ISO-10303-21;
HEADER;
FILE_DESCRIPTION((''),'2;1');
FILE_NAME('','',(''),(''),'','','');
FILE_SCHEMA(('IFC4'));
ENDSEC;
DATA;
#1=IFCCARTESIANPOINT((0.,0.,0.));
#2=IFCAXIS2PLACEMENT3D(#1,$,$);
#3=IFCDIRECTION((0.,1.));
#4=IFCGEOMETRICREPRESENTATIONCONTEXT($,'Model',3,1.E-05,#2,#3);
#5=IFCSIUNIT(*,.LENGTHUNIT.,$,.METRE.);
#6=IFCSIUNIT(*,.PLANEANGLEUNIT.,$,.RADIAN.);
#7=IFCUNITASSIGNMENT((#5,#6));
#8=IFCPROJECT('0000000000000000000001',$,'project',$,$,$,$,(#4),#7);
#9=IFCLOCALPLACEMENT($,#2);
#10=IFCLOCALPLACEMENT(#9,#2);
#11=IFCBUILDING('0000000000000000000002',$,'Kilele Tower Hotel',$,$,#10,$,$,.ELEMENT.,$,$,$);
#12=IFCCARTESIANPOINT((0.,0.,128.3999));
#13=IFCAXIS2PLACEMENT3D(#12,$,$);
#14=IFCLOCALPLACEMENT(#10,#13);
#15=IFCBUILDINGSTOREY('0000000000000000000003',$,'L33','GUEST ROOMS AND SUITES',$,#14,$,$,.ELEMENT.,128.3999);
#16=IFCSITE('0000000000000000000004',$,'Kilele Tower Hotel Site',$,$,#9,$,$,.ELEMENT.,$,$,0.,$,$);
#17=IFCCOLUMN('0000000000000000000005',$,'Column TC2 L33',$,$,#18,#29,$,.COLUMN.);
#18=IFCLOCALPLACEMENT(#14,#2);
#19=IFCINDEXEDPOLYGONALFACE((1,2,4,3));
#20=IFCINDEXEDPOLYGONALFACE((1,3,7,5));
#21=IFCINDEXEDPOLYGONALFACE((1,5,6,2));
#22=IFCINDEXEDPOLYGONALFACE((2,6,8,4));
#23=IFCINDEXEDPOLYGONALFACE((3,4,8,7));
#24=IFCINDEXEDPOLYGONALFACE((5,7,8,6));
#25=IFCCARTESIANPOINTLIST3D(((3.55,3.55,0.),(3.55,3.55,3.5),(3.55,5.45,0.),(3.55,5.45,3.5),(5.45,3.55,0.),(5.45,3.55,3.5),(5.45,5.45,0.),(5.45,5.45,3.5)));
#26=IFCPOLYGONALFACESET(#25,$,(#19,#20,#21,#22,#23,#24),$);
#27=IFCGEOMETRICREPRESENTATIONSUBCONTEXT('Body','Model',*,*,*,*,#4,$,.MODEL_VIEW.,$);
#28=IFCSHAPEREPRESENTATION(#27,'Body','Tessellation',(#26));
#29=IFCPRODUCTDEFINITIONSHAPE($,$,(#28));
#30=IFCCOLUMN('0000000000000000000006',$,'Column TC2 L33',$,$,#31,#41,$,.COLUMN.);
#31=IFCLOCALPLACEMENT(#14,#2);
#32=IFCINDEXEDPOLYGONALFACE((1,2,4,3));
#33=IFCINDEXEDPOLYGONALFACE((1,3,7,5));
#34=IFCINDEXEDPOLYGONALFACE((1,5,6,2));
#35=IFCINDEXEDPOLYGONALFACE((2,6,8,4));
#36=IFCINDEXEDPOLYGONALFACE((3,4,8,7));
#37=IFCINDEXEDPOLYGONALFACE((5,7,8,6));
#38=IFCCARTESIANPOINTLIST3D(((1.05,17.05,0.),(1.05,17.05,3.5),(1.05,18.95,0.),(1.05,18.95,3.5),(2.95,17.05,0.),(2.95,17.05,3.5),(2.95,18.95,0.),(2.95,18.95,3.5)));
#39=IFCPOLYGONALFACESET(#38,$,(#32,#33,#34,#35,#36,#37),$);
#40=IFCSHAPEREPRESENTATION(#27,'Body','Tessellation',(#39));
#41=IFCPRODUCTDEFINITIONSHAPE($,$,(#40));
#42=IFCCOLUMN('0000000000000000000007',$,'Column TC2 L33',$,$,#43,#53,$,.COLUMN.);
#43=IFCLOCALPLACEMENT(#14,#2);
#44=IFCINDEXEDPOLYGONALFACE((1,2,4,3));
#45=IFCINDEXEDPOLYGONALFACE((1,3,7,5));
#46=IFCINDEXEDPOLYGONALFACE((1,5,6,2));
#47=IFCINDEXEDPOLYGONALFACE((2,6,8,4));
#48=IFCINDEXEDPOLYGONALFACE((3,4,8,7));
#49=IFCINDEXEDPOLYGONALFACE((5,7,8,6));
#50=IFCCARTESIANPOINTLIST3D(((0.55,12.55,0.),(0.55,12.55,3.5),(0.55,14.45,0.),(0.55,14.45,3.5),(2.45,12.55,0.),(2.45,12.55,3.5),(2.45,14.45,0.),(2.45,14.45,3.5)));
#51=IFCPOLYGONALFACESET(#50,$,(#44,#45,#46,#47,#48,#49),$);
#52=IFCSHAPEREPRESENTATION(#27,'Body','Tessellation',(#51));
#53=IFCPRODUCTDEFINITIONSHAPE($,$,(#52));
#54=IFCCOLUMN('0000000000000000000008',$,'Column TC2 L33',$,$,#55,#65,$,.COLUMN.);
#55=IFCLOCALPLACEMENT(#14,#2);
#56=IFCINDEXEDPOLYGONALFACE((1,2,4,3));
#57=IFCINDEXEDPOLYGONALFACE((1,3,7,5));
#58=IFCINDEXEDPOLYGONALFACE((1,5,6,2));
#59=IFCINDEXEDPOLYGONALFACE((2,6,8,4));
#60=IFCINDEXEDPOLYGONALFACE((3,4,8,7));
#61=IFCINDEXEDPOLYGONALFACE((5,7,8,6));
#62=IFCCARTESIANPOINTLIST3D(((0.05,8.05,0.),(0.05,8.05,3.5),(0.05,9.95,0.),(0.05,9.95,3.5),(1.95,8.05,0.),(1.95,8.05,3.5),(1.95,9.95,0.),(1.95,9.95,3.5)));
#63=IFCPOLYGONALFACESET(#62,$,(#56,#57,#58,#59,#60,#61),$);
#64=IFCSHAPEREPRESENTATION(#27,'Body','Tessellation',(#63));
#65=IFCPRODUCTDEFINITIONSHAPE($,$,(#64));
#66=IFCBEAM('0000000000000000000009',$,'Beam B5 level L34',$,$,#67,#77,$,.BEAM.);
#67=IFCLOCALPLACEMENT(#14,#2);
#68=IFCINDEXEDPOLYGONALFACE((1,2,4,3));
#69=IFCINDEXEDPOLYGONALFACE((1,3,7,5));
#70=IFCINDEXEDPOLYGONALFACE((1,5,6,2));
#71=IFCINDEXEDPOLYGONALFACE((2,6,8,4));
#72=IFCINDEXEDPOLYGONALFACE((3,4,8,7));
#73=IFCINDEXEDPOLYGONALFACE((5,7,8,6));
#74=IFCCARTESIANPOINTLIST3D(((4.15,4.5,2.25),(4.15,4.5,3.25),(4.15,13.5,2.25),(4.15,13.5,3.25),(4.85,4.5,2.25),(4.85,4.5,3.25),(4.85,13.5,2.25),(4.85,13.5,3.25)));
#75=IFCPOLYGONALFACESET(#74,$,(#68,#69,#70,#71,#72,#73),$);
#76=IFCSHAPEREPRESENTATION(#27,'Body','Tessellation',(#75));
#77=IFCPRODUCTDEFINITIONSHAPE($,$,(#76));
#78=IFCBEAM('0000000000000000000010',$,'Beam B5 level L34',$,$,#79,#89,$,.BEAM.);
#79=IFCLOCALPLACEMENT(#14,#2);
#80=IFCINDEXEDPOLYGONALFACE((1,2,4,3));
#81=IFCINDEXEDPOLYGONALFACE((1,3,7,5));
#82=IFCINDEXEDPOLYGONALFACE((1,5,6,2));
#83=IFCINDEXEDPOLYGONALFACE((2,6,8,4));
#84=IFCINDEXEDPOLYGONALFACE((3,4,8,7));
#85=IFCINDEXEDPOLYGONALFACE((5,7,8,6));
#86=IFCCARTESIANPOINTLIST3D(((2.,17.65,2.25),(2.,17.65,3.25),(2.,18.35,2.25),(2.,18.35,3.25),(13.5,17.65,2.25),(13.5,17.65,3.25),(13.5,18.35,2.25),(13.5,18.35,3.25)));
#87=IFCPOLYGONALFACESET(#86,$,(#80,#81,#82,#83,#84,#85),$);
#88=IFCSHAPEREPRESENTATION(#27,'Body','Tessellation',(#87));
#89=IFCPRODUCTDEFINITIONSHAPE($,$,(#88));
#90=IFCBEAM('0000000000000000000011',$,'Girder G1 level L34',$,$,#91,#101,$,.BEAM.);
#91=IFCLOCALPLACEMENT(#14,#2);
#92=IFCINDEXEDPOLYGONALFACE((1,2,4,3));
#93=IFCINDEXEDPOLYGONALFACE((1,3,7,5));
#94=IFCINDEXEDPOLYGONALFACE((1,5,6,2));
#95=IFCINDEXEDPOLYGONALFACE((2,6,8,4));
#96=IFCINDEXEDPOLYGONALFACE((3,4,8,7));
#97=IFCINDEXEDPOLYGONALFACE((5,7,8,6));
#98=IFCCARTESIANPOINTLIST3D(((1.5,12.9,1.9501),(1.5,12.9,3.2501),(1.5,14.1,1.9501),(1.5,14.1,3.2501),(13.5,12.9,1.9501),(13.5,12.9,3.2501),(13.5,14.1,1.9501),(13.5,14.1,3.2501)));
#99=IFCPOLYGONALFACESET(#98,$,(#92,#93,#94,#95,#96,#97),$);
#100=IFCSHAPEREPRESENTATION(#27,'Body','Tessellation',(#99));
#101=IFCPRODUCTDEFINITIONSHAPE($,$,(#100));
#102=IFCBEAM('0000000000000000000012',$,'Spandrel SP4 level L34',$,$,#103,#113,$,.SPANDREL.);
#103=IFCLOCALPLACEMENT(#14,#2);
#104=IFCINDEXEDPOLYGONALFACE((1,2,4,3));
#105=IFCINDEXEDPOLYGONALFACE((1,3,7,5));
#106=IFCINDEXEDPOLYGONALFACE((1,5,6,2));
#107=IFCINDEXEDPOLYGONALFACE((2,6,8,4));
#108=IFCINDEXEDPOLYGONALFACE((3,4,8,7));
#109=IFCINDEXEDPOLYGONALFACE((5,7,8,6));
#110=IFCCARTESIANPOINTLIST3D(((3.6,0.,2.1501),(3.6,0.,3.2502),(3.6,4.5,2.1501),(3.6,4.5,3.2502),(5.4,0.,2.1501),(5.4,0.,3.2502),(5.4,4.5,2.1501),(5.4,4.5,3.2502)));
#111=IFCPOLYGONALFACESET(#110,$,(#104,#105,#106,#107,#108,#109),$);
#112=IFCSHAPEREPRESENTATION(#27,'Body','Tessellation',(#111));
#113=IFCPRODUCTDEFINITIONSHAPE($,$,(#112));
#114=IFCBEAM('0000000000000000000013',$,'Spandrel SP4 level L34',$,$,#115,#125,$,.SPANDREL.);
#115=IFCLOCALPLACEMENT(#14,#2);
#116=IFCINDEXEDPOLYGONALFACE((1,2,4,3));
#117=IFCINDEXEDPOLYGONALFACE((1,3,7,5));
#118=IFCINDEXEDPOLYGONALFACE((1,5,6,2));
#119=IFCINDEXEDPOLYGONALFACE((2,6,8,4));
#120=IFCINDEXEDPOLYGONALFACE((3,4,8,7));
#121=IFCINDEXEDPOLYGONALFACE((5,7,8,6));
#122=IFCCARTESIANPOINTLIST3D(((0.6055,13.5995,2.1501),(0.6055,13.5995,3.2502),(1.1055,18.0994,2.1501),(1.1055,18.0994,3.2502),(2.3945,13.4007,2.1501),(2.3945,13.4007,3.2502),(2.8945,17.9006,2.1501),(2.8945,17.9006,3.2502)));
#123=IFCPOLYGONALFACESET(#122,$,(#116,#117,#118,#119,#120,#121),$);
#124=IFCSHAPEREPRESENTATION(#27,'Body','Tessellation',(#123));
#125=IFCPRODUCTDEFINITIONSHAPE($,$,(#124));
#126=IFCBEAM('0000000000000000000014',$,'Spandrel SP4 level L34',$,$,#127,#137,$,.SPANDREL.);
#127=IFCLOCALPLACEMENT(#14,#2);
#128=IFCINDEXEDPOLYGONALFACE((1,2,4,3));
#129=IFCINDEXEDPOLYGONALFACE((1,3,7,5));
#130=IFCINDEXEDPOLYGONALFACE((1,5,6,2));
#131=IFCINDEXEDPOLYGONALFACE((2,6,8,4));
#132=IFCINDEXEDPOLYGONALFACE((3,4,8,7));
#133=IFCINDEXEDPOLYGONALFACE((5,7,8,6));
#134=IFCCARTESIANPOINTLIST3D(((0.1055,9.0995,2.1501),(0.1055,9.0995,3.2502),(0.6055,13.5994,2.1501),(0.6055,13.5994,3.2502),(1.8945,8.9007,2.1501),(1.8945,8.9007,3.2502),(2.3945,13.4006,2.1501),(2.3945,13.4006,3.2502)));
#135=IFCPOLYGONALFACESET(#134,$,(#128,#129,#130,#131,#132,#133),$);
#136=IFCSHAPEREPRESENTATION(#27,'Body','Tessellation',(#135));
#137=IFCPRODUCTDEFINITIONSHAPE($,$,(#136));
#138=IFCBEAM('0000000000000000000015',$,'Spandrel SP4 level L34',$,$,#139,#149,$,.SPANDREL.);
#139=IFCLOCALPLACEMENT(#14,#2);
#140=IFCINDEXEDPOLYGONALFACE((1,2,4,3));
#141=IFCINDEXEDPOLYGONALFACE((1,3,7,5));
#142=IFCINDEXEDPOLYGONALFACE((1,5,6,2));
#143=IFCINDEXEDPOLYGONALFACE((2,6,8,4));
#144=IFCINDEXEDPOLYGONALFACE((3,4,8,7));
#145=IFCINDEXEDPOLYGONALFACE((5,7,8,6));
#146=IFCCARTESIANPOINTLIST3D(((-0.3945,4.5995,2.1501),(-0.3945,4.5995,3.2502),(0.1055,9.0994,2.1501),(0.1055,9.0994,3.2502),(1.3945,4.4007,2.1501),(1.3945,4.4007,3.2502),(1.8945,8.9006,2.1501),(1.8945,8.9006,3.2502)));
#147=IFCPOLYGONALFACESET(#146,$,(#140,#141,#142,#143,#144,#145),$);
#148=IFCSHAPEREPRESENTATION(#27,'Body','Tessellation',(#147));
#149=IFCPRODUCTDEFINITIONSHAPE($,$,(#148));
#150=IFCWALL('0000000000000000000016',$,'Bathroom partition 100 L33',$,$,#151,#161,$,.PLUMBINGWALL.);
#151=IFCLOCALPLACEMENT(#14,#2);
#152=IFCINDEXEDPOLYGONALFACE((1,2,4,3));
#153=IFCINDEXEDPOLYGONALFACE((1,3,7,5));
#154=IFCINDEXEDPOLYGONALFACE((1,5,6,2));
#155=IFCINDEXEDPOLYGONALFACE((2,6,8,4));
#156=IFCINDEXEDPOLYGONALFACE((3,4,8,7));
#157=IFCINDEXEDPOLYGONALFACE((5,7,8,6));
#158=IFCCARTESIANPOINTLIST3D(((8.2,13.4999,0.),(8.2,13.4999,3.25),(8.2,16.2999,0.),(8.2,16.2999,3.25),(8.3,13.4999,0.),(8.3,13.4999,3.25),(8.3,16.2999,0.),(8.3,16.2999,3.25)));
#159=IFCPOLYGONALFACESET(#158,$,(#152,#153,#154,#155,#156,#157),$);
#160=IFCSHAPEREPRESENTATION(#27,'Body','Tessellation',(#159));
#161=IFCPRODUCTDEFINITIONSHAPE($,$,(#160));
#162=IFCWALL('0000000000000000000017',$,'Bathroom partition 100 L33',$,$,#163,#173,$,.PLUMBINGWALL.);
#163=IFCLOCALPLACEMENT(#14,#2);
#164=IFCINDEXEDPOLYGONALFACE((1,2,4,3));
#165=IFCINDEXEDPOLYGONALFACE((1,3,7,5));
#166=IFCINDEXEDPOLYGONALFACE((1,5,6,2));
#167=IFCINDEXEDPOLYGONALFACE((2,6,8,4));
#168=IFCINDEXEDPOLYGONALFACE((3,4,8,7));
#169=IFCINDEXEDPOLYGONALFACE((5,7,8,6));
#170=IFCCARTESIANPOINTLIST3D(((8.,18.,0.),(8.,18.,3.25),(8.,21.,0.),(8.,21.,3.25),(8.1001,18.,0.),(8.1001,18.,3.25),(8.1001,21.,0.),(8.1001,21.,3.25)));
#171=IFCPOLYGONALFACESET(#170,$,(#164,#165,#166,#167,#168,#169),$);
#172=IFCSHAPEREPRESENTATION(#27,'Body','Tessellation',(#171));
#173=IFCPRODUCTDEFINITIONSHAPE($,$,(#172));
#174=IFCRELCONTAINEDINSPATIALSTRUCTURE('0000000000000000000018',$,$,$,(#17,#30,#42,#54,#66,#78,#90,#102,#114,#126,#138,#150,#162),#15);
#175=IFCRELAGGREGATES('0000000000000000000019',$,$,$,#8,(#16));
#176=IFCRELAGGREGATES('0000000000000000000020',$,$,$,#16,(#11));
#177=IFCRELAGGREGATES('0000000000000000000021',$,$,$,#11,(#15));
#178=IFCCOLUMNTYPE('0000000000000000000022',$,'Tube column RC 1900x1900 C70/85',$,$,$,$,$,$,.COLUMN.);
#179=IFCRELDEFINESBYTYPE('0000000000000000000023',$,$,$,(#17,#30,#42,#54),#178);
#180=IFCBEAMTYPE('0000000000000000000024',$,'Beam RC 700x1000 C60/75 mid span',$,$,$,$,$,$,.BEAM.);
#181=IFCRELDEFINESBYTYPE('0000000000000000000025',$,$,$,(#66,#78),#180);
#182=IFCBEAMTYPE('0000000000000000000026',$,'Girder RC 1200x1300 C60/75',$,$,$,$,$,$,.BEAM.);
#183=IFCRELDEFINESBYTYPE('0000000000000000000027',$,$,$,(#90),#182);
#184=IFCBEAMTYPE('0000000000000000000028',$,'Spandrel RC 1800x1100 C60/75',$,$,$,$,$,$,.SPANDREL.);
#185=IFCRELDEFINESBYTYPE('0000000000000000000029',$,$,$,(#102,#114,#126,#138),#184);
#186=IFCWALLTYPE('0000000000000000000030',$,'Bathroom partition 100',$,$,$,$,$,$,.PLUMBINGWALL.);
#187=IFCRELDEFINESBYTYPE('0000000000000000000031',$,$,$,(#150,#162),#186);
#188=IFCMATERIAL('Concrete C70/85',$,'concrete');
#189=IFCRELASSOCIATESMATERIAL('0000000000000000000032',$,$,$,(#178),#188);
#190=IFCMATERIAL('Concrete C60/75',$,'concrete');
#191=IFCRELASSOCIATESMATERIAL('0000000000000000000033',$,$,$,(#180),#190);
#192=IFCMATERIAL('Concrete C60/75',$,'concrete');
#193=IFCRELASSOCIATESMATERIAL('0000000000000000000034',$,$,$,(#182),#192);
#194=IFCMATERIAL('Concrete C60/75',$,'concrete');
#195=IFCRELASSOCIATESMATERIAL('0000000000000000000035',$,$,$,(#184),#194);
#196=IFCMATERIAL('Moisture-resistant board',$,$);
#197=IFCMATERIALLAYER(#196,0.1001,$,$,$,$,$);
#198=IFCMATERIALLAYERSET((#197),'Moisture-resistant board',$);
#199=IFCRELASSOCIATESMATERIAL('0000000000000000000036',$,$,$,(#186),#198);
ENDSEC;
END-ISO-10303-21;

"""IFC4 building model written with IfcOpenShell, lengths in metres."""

from ifc_helpers import new_model, si_unit, direction, frame, frame_2d, origin, origin_2d, place, context, subcontext, project, spatial, rectangle, extrude, material, layer, layer_set, material_profile, profile_set, type_object, element, save


model = new_model("IFC4")

# Units and contexts
model_context = context("Model", 3, precision=1e-05, world=origin(), true_north=direction((0.0, 1.0)))
body_context = subcontext(model_context, "Body", "Model", "MODEL_VIEW")
ifc_project = project(units=[si_unit("LENGTHUNIT", "METRE"), si_unit("PLANEANGLEUNIT", "RADIAN")], contexts=[model_context])

# Site, building, storey
site_placement = place(None, origin())
site = spatial("IfcSite", under=ifc_project, at=site_placement, Name="Kilele Tower Hotel Site", CompositionType="ELEMENT", RefElevation=0.0)
building_placement = place(site_placement, origin())
building = spatial("IfcBuilding", under=site, at=building_placement, Name="Kilele Tower Hotel", CompositionType="ELEMENT")
storey_placement = place(building_placement, frame((0.0, 0.0, 128.3999)))
storey = spatial("IfcBuildingStorey", under=building, at=storey_placement, Name="L33", Description="GUEST ROOMS AND SUITES", CompositionType="ELEMENT", Elevation=128.3999)

# Columns
ifc_material_1 = material(Name="Concrete C70/85", Category="concrete")
ifc_material_profile_1 = material_profile(ifc_material_1, rectangle(XDim=1.8999, YDim=1.8999, at=origin_2d()))
ifc_profile_set_1 = profile_set([ifc_material_profile_1], Name="Concrete C70/85")
column_type = type_object("IfcColumnType", Name="Tube column RC 1900x1900 C70/85", PredefinedType="COLUMN", material=ifc_profile_set_1)
for number, where, z_axis, x_axis, name in (
    (1, (4.5, 4.5, 0.0), (0.0, 0.0, 1.0), (1.0, 0.0, 0.0), "Column TC2 L33"),
    (2, (2.0, 18.0, 0.0), (0.0, 0.0, 1.0), (1.0, 0.0, 0.0), "Column TC2 L33"),
    (3, (1.5, 13.5, 0.0), (0.0, 0.0, 1.0), (1.0, 0.0, 0.0), "Column TC2 L33"),
    (4, (1.0, 9.0, 0.0), (0.0, 0.0, 1.0), (1.0, 0.0, 0.0), "Column TC2 L33"),
):
    element("IfcColumn", number, at=place(storey_placement, frame(where, z_axis=z_axis, x_axis=x_axis)), inside=storey, type_object=column_type, Name=name, PredefinedType="COLUMN", context=body_context, shape_type="SweptSolid", body=[
        extrude(rectangle(XDim=1.8999, YDim=1.8999, at=origin_2d()), origin(), (0.0, 0.0, 1.0), 3.5),
    ])

# Beams
ifc_material_2 = material(Name="Concrete C60/75", Category="concrete")
ifc_material_profile_2 = material_profile(ifc_material_2, rectangle(XDim=0.7, YDim=1.0, at=origin_2d()))
ifc_profile_set_2 = profile_set([ifc_material_profile_2], Name="Concrete C60/75")
beam_type_1 = type_object("IfcBeamType", Name="Beam RC 700x1000 C60/75 mid span", PredefinedType="BEAM", material=ifc_profile_set_2)
beam_1_placement = place(storey_placement, frame((4.5, 4.5, 2.75), z_axis=(0.0, 1.0, 0.0), x_axis=(-1.0, 0.0, 0.0)))
element("IfcBeam", 5, at=beam_1_placement, inside=storey, type_object=beam_type_1, Name="Beam B5 level L34", PredefinedType="BEAM", context=body_context, shape_type="SweptSolid", body=[
    extrude(rectangle(XDim=0.7, YDim=1.0, at=origin_2d()), origin(), (0.0, 0.0, 1.0), 9.0),
])
beam_2_placement = place(storey_placement, frame((2.0, 18.0, 2.75), z_axis=(1.0, 0.0, 0.0), x_axis=(0.0, 1.0, 0.0)))
element("IfcBeam", 6, at=beam_2_placement, inside=storey, type_object=beam_type_1, Name="Beam B5 level L34", PredefinedType="BEAM", context=body_context, shape_type="SweptSolid", body=[
    extrude(rectangle(XDim=0.7, YDim=1.0, at=origin_2d()), origin(), (0.0, 0.0, 1.0), 11.5),
])
ifc_material_3 = material(Name="Concrete C60/75", Category="concrete")
ifc_material_profile_3 = material_profile(ifc_material_3, rectangle(XDim=1.2, YDim=1.3, at=origin_2d()))
ifc_profile_set_3 = profile_set([ifc_material_profile_3], Name="Concrete C60/75")
beam_type_2 = type_object("IfcBeamType", Name="Girder RC 1200x1300 C60/75", PredefinedType="BEAM", material=ifc_profile_set_3)
beam_3_placement = place(storey_placement, frame((1.5, 13.5, 2.6001), z_axis=(1.0, 0.0, 0.0), x_axis=(0.0, 1.0, 0.0)))
element("IfcBeam", 7, at=beam_3_placement, inside=storey, type_object=beam_type_2, Name="Girder G1 level L34", PredefinedType="BEAM", context=body_context, shape_type="SweptSolid", body=[
    extrude(rectangle(XDim=1.2, YDim=1.3, at=origin_2d()), origin(), (0.0, 0.0, 1.0), 12.0),
])
ifc_material_4 = material(Name="Concrete C60/75", Category="concrete")
ifc_material_profile_4 = material_profile(ifc_material_4, rectangle(XDim=1.8, YDim=1.1001, at=origin_2d()))
ifc_profile_set_4 = profile_set([ifc_material_profile_4], Name="Concrete C60/75")
beam_type_3 = type_object("IfcBeamType", Name="Spandrel RC 1800x1100 C60/75", PredefinedType="SPANDREL", material=ifc_profile_set_4)
beam_4_placement = place(storey_placement, frame((4.5, 4.5, 2.7002), z_axis=(0.0, -1.0, 0.0), x_axis=(1.0, 0.0, 0.0)))
element("IfcBeam", 8, at=beam_4_placement, inside=storey, type_object=beam_type_3, Name="Spandrel SP4 level L34", PredefinedType="SPANDREL", context=body_context, shape_type="SweptSolid", body=[
    extrude(rectangle(XDim=1.8, YDim=1.1001, at=origin_2d()), origin(), (0.0, 0.0, 1.0), 4.5),
])
for number, where, z_axis, x_axis, name in (
    (9, (2.0, 18.0, 2.7002), (-0.110432, -0.993884, 0.0), (0.993884, -0.110432, 0.0), "Spandrel SP4 level L34"),
    (10, (1.5, 13.5, 2.7002), (-0.110432, -0.993884, 0.0), (0.993884, -0.110432, 0.0), "Spandrel SP4 level L34"),
    (11, (1.0, 9.0, 2.7002), (-0.110432, -0.993884, 0.0), (0.993884, -0.110432, 0.0), "Spandrel SP4 level L34"),
):
    element("IfcBeam", number, at=place(storey_placement, frame(where, z_axis=z_axis, x_axis=x_axis)), inside=storey, type_object=beam_type_3, Name=name, PredefinedType="SPANDREL", context=body_context, shape_type="SweptSolid", body=[
        extrude(rectangle(XDim=1.8, YDim=1.1001, at=origin_2d()), origin(), (0.0, 0.0, 1.0), 4.5276),
    ])

# Walls
ifc_material_5 = material(Name="Moisture-resistant board")
ifc_layer_1 = layer(ifc_material_5, 0.1001)
ifc_layer_set_1 = layer_set([ifc_layer_1], Name="Moisture-resistant board")
wall_type_1 = type_object("IfcWallType", Name="Bathroom partition 100", PredefinedType="PLUMBINGWALL", material=ifc_layer_set_1)
wall_1_placement = place(storey_placement, frame((8.25, 13.5, 0.0), z_axis=(0.0, 0.0, 1.0), x_axis=(0.0, 1.0, 0.0)))
element("IfcWall", 12, at=wall_1_placement, inside=storey, type_object=wall_type_1, Name="Bathroom partition 100 L33", PredefinedType="PLUMBINGWALL", context=body_context, shape_type="SweptSolid", body=[
    extrude(rectangle(XDim=2.8, YDim=0.1001, at=frame_2d((1.3999, 0.0))), origin(), (0.0, 0.0, 1.0), 3.25),
])
wall_2_placement = place(storey_placement, frame((8.05, 18.0, 0.0), z_axis=(0.0, 0.0, 1.0), x_axis=(0.0, 1.0, 0.0)))
element("IfcWall", 13, at=wall_2_placement, inside=storey, type_object=wall_type_1, Name="Bathroom partition 100 L33", PredefinedType="PLUMBINGWALL", context=body_context, shape_type="SweptSolid", body=[
    extrude(rectangle(XDim=3.0, YDim=0.1001, at=frame_2d((1.5, 0.0))), origin(), (0.0, 0.0, 1.0), 3.25),
])

save(model, "model.ifc")
